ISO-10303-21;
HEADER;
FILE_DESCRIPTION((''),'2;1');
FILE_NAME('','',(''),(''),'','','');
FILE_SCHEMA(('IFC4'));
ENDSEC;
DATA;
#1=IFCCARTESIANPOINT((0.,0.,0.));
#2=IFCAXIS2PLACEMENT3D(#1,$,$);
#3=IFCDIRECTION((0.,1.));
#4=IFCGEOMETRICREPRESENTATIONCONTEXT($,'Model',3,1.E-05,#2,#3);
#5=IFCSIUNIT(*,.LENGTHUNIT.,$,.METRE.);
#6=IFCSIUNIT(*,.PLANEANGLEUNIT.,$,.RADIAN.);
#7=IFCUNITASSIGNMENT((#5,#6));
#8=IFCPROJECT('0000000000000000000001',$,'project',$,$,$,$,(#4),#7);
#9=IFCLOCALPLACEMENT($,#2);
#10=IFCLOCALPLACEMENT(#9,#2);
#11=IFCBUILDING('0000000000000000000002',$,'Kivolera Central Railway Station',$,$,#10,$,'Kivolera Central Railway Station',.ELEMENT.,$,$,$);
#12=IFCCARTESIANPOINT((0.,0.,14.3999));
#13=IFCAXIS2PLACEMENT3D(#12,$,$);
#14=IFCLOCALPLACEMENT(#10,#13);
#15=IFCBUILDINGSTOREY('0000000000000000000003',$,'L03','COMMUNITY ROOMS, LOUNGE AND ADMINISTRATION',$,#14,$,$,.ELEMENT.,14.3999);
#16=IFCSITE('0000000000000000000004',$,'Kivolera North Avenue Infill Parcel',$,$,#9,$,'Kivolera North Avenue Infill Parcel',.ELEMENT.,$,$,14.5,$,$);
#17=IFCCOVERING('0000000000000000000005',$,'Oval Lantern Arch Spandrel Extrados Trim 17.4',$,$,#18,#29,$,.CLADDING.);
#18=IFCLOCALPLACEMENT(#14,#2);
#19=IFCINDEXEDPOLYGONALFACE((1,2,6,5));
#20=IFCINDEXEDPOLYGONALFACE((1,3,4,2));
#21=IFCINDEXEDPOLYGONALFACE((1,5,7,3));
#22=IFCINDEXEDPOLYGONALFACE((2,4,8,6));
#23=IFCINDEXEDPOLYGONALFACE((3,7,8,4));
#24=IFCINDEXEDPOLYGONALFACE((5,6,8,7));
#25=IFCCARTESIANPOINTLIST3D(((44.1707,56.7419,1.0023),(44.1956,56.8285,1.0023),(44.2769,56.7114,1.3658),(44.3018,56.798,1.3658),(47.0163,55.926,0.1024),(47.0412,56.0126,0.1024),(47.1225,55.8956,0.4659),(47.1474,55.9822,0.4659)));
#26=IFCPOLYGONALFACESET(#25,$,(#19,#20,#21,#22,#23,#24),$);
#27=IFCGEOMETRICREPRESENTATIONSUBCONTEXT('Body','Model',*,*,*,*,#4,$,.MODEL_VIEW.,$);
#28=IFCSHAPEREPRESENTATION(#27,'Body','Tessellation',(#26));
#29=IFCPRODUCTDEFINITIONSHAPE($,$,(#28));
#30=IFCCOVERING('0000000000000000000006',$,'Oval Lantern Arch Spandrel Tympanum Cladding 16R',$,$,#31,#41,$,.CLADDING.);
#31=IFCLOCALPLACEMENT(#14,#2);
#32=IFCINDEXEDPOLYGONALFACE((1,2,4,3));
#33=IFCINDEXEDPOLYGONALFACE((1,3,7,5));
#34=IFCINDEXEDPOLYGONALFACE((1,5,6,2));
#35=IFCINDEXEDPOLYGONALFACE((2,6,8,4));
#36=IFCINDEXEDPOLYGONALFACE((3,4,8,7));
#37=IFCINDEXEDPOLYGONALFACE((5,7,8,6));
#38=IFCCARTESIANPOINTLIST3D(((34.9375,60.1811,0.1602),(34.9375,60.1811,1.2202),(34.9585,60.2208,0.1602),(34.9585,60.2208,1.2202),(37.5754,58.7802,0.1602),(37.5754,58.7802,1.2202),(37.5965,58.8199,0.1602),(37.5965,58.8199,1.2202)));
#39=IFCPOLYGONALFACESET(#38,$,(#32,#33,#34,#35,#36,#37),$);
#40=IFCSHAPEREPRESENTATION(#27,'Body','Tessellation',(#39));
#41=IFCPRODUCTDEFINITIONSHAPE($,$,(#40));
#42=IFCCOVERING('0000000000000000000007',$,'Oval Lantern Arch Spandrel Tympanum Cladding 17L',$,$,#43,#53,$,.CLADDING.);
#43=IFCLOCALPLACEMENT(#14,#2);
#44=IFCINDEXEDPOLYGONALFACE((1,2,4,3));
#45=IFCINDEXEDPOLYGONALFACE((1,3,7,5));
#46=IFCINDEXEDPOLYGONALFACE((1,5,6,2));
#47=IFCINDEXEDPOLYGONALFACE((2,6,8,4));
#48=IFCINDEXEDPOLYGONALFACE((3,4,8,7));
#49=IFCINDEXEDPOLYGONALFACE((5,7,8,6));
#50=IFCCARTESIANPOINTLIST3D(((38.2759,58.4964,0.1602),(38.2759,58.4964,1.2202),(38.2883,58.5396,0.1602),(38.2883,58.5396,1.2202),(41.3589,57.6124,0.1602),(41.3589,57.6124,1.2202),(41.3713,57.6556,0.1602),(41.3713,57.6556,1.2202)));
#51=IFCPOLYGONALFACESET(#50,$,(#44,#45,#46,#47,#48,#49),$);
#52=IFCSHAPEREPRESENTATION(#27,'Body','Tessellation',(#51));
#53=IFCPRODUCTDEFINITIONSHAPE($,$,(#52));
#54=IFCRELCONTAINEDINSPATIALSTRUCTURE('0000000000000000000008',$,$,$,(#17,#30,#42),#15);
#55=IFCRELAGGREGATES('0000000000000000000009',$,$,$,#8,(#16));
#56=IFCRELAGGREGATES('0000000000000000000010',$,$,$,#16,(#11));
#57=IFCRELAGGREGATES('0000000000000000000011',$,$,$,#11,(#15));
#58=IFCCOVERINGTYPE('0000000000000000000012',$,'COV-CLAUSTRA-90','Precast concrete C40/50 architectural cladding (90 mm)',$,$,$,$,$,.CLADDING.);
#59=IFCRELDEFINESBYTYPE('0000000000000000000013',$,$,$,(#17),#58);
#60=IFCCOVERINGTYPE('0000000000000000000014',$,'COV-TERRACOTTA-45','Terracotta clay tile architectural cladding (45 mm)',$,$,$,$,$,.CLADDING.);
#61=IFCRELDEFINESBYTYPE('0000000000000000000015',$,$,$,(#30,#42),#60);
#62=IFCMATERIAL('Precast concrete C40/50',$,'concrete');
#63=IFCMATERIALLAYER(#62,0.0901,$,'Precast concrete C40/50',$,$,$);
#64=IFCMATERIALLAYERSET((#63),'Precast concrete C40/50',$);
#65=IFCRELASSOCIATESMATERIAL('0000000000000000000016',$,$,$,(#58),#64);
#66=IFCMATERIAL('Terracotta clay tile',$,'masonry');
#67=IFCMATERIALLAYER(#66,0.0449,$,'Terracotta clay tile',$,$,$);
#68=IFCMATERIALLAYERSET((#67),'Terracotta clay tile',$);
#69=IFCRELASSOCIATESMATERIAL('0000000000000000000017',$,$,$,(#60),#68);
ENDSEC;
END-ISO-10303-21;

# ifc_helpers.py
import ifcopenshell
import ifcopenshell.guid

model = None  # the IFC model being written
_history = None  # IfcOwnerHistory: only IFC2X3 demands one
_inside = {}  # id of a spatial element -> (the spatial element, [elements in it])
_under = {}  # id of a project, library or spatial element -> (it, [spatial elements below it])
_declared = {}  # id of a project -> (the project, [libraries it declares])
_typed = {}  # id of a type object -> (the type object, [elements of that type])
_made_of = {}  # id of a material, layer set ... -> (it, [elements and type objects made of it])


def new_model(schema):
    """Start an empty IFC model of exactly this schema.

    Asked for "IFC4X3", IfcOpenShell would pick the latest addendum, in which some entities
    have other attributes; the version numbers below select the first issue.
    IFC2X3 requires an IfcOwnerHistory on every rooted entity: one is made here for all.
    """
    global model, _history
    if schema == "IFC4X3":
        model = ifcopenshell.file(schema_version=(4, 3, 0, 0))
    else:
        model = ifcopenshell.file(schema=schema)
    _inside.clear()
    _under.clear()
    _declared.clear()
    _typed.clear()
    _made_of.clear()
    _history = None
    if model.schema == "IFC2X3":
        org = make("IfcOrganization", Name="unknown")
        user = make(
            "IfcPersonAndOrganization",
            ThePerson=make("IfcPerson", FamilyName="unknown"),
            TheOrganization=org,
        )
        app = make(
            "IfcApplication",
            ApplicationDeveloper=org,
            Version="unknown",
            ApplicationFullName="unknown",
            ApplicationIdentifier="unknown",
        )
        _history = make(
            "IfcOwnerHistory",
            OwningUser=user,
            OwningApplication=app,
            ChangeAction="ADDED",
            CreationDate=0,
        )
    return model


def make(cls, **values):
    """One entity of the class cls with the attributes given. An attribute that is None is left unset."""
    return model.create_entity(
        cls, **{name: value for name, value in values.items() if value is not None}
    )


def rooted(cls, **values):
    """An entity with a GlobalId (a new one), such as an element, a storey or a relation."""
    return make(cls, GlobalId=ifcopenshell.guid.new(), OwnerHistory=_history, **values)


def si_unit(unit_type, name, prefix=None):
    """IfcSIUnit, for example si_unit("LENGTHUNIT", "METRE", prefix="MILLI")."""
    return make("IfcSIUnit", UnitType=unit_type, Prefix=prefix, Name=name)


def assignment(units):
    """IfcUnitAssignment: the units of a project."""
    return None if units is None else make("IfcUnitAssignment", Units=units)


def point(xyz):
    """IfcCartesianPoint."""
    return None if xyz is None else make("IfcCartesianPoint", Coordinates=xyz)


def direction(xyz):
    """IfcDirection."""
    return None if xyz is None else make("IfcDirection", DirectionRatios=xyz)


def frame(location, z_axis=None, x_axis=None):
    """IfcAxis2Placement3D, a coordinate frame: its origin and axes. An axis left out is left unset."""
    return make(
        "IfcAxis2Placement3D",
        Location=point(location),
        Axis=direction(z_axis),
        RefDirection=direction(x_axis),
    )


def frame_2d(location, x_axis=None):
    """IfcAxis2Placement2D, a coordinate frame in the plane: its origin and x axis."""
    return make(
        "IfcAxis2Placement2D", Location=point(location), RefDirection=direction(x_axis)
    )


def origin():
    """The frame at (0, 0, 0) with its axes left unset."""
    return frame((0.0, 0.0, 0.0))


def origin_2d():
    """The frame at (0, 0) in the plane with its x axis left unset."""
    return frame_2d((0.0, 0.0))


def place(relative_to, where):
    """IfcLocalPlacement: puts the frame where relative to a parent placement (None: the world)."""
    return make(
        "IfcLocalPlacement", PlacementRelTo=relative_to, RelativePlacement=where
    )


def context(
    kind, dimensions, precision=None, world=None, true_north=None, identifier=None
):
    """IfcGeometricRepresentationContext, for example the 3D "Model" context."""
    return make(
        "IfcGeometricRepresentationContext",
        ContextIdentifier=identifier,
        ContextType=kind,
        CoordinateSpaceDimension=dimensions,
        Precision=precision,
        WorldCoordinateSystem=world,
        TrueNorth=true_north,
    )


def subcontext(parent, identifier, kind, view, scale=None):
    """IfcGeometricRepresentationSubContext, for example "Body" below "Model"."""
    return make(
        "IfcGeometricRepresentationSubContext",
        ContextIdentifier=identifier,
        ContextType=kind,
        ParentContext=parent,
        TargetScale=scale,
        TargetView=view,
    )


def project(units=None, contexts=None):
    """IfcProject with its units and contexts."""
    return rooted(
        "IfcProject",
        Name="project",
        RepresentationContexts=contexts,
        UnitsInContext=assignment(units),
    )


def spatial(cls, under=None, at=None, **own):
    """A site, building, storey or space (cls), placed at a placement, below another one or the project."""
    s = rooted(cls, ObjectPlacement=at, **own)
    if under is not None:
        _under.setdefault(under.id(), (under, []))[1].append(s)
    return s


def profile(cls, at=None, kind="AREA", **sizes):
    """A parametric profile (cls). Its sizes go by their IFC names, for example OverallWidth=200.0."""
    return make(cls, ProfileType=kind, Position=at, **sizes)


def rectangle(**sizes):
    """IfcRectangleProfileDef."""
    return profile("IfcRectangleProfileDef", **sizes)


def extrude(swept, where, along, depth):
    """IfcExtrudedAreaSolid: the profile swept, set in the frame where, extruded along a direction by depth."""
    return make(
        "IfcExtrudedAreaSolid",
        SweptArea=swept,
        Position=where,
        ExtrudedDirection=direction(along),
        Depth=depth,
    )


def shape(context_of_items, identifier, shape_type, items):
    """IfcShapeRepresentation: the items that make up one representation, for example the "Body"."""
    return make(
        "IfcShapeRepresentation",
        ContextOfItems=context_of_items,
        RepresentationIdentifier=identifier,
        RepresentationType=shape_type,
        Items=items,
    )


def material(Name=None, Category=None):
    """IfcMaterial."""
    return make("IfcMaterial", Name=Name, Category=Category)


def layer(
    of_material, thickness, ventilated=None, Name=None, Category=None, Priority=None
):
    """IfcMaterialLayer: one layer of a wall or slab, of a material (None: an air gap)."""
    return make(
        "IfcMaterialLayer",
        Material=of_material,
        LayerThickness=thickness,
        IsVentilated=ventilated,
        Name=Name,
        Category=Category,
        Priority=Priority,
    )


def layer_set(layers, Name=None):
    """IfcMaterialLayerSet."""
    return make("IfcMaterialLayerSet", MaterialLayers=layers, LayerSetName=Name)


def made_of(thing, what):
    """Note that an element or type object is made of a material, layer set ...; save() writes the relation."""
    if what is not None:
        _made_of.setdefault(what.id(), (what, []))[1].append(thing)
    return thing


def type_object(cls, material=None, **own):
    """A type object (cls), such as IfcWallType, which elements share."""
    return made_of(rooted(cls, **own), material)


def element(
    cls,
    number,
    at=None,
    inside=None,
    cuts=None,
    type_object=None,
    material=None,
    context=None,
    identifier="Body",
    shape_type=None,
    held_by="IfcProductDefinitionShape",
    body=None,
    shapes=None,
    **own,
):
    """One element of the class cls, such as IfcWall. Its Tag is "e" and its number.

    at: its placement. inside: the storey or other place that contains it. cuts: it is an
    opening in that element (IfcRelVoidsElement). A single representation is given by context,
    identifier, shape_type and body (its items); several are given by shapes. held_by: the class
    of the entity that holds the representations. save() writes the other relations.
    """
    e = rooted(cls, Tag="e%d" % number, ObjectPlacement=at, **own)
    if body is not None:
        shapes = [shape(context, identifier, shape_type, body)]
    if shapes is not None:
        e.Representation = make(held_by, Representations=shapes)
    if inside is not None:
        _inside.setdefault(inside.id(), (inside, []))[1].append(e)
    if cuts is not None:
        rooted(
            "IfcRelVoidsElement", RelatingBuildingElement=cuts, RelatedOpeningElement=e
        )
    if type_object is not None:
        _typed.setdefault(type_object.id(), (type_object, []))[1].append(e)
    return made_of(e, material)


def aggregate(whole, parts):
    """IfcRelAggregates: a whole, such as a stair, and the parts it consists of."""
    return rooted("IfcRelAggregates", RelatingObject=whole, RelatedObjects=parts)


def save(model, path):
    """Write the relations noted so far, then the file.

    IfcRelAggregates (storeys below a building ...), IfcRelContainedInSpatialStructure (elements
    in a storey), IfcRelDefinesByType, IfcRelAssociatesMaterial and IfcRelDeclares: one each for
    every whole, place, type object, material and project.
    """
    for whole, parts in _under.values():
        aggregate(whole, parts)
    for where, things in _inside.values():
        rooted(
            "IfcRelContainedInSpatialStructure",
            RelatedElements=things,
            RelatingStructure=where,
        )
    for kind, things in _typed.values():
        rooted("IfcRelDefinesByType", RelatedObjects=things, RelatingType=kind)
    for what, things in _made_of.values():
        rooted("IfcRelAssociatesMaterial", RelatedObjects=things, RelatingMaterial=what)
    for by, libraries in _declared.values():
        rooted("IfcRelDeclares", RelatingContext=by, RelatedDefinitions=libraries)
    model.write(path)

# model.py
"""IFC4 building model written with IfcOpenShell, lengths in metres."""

from ifc_helpers import new_model, si_unit, direction, frame, frame_2d, origin, origin_2d, place, context, subcontext, project, spatial, rectangle, extrude, material, layer, layer_set, type_object, element, save


model = new_model("IFC4")

# Units and contexts
model_context = context("Model", 3, precision=1e-05, world=origin(), true_north=direction((0.0, 1.0)))
body_context = subcontext(model_context, "Body", "Model", "MODEL_VIEW")
ifc_project = project(units=[si_unit("LENGTHUNIT", "METRE"), si_unit("PLANEANGLEUNIT", "RADIAN")], contexts=[model_context])

# Site, building, storey
site_placement = place(None, origin())
site = spatial("IfcSite", under=ifc_project, at=site_placement, Name="Kivolera North Avenue Infill Parcel", LongName="Kivolera North Avenue Infill Parcel", CompositionType="ELEMENT", RefElevation=14.5)
building_placement = place(site_placement, origin())
building = spatial("IfcBuilding", under=site, at=building_placement, Name="Kivolera Central Railway Station", LongName="Kivolera Central Railway Station", CompositionType="ELEMENT")
storey_placement = place(building_placement, frame((0.0, 0.0, 14.3999)))
storey = spatial("IfcBuildingStorey", under=building, at=storey_placement, Name="L03", Description="COMMUNITY ROOMS, LOUNGE AND ADMINISTRATION", CompositionType="ELEMENT", Elevation=14.3999)

# Shared definitions
ifc_material_1 = material(Name="Precast concrete C40/50", Category="concrete")

# Coverings
ifc_layer_1 = layer(ifc_material_1, 0.0901, Name="Precast concrete C40/50")
ifc_layer_set_1 = layer_set([ifc_layer_1], Name="Precast concrete C40/50")
covering_type_1 = type_object("IfcCoveringType", Name="COV-CLAUSTRA-90", Description="Precast concrete C40/50 architectural cladding (90 mm)", PredefinedType="CLADDING", material=ifc_layer_set_1)
for number, where, z_axis, x_axis, name in (
    (1, (45.6589, 56.3621, 0.7341), (0.919713, -0.263699, -0.290844), (-0.275632, -0.961263, 0.0), "Oval Lantern Arch Spandrel Extrados Trim 17.4"),
):
    element("IfcCovering", number, at=place(storey_placement, frame(where, z_axis=z_axis, x_axis=x_axis)), inside=storey, type_object=covering_type_1, Name=name, PredefinedType="CLADDING", context=body_context, shape_type="SweptSolid", body=[
        extrude(rectangle(XDim=0.0901, YDim=0.3799, at=origin_2d()), frame((0.0, 0.0, -1.5469)), (0.0, 0.0, 1.0), 3.094),
    ])
ifc_material_2 = material(Name="Terracotta clay tile", Category="masonry")
ifc_layer_2 = layer(ifc_material_2, 0.0449, Name="Terracotta clay tile")
ifc_layer_set_2 = layer_set([ifc_layer_2], Name="Terracotta clay tile")
covering_type_2 = type_object("IfcCoveringType", Name="COV-TERRACOTTA-45", Description="Terracotta clay tile architectural cladding (45 mm)", PredefinedType="CLADDING", material=ifc_layer_set_2)
covering_1_placement = place(storey_placement, frame((37.5859, 58.8, 0.1602), z_axis=(0.0, 0.0, 1.0), x_axis=(-0.883189, 0.469018, 0.0)))
element("IfcCovering", 2, at=covering_1_placement, inside=storey, type_object=covering_type_2, Name="Oval Lantern Arch Spandrel Tympanum Cladding 16R", PredefinedType="CLADDING", context=body_context, shape_type="SweptSolid", body=[
    extrude(rectangle(XDim=2.9868, YDim=0.0449, at=frame_2d((1.4934, 0.0))), origin(), (0.0, 0.0, 1.0), 1.0601),
])
covering_2_placement = place(storey_placement, frame((41.365, 57.634, 0.1602), z_axis=(0.0, 0.0, 1.0), x_axis=(-0.961262, 0.275636, 0.0)))
element("IfcCovering", 3, at=covering_2_placement, inside=storey, type_object=covering_type_2, Name="Oval Lantern Arch Spandrel Tympanum Cladding 17L", PredefinedType="CLADDING", context=body_context, shape_type="SweptSolid", body=[
    extrude(rectangle(XDim=3.2073, YDim=0.0449, at=frame_2d((1.6035, 0.0))), origin(), (0.0, 0.0, 1.0), 1.0601),
])

save(model, "model.ifc")
